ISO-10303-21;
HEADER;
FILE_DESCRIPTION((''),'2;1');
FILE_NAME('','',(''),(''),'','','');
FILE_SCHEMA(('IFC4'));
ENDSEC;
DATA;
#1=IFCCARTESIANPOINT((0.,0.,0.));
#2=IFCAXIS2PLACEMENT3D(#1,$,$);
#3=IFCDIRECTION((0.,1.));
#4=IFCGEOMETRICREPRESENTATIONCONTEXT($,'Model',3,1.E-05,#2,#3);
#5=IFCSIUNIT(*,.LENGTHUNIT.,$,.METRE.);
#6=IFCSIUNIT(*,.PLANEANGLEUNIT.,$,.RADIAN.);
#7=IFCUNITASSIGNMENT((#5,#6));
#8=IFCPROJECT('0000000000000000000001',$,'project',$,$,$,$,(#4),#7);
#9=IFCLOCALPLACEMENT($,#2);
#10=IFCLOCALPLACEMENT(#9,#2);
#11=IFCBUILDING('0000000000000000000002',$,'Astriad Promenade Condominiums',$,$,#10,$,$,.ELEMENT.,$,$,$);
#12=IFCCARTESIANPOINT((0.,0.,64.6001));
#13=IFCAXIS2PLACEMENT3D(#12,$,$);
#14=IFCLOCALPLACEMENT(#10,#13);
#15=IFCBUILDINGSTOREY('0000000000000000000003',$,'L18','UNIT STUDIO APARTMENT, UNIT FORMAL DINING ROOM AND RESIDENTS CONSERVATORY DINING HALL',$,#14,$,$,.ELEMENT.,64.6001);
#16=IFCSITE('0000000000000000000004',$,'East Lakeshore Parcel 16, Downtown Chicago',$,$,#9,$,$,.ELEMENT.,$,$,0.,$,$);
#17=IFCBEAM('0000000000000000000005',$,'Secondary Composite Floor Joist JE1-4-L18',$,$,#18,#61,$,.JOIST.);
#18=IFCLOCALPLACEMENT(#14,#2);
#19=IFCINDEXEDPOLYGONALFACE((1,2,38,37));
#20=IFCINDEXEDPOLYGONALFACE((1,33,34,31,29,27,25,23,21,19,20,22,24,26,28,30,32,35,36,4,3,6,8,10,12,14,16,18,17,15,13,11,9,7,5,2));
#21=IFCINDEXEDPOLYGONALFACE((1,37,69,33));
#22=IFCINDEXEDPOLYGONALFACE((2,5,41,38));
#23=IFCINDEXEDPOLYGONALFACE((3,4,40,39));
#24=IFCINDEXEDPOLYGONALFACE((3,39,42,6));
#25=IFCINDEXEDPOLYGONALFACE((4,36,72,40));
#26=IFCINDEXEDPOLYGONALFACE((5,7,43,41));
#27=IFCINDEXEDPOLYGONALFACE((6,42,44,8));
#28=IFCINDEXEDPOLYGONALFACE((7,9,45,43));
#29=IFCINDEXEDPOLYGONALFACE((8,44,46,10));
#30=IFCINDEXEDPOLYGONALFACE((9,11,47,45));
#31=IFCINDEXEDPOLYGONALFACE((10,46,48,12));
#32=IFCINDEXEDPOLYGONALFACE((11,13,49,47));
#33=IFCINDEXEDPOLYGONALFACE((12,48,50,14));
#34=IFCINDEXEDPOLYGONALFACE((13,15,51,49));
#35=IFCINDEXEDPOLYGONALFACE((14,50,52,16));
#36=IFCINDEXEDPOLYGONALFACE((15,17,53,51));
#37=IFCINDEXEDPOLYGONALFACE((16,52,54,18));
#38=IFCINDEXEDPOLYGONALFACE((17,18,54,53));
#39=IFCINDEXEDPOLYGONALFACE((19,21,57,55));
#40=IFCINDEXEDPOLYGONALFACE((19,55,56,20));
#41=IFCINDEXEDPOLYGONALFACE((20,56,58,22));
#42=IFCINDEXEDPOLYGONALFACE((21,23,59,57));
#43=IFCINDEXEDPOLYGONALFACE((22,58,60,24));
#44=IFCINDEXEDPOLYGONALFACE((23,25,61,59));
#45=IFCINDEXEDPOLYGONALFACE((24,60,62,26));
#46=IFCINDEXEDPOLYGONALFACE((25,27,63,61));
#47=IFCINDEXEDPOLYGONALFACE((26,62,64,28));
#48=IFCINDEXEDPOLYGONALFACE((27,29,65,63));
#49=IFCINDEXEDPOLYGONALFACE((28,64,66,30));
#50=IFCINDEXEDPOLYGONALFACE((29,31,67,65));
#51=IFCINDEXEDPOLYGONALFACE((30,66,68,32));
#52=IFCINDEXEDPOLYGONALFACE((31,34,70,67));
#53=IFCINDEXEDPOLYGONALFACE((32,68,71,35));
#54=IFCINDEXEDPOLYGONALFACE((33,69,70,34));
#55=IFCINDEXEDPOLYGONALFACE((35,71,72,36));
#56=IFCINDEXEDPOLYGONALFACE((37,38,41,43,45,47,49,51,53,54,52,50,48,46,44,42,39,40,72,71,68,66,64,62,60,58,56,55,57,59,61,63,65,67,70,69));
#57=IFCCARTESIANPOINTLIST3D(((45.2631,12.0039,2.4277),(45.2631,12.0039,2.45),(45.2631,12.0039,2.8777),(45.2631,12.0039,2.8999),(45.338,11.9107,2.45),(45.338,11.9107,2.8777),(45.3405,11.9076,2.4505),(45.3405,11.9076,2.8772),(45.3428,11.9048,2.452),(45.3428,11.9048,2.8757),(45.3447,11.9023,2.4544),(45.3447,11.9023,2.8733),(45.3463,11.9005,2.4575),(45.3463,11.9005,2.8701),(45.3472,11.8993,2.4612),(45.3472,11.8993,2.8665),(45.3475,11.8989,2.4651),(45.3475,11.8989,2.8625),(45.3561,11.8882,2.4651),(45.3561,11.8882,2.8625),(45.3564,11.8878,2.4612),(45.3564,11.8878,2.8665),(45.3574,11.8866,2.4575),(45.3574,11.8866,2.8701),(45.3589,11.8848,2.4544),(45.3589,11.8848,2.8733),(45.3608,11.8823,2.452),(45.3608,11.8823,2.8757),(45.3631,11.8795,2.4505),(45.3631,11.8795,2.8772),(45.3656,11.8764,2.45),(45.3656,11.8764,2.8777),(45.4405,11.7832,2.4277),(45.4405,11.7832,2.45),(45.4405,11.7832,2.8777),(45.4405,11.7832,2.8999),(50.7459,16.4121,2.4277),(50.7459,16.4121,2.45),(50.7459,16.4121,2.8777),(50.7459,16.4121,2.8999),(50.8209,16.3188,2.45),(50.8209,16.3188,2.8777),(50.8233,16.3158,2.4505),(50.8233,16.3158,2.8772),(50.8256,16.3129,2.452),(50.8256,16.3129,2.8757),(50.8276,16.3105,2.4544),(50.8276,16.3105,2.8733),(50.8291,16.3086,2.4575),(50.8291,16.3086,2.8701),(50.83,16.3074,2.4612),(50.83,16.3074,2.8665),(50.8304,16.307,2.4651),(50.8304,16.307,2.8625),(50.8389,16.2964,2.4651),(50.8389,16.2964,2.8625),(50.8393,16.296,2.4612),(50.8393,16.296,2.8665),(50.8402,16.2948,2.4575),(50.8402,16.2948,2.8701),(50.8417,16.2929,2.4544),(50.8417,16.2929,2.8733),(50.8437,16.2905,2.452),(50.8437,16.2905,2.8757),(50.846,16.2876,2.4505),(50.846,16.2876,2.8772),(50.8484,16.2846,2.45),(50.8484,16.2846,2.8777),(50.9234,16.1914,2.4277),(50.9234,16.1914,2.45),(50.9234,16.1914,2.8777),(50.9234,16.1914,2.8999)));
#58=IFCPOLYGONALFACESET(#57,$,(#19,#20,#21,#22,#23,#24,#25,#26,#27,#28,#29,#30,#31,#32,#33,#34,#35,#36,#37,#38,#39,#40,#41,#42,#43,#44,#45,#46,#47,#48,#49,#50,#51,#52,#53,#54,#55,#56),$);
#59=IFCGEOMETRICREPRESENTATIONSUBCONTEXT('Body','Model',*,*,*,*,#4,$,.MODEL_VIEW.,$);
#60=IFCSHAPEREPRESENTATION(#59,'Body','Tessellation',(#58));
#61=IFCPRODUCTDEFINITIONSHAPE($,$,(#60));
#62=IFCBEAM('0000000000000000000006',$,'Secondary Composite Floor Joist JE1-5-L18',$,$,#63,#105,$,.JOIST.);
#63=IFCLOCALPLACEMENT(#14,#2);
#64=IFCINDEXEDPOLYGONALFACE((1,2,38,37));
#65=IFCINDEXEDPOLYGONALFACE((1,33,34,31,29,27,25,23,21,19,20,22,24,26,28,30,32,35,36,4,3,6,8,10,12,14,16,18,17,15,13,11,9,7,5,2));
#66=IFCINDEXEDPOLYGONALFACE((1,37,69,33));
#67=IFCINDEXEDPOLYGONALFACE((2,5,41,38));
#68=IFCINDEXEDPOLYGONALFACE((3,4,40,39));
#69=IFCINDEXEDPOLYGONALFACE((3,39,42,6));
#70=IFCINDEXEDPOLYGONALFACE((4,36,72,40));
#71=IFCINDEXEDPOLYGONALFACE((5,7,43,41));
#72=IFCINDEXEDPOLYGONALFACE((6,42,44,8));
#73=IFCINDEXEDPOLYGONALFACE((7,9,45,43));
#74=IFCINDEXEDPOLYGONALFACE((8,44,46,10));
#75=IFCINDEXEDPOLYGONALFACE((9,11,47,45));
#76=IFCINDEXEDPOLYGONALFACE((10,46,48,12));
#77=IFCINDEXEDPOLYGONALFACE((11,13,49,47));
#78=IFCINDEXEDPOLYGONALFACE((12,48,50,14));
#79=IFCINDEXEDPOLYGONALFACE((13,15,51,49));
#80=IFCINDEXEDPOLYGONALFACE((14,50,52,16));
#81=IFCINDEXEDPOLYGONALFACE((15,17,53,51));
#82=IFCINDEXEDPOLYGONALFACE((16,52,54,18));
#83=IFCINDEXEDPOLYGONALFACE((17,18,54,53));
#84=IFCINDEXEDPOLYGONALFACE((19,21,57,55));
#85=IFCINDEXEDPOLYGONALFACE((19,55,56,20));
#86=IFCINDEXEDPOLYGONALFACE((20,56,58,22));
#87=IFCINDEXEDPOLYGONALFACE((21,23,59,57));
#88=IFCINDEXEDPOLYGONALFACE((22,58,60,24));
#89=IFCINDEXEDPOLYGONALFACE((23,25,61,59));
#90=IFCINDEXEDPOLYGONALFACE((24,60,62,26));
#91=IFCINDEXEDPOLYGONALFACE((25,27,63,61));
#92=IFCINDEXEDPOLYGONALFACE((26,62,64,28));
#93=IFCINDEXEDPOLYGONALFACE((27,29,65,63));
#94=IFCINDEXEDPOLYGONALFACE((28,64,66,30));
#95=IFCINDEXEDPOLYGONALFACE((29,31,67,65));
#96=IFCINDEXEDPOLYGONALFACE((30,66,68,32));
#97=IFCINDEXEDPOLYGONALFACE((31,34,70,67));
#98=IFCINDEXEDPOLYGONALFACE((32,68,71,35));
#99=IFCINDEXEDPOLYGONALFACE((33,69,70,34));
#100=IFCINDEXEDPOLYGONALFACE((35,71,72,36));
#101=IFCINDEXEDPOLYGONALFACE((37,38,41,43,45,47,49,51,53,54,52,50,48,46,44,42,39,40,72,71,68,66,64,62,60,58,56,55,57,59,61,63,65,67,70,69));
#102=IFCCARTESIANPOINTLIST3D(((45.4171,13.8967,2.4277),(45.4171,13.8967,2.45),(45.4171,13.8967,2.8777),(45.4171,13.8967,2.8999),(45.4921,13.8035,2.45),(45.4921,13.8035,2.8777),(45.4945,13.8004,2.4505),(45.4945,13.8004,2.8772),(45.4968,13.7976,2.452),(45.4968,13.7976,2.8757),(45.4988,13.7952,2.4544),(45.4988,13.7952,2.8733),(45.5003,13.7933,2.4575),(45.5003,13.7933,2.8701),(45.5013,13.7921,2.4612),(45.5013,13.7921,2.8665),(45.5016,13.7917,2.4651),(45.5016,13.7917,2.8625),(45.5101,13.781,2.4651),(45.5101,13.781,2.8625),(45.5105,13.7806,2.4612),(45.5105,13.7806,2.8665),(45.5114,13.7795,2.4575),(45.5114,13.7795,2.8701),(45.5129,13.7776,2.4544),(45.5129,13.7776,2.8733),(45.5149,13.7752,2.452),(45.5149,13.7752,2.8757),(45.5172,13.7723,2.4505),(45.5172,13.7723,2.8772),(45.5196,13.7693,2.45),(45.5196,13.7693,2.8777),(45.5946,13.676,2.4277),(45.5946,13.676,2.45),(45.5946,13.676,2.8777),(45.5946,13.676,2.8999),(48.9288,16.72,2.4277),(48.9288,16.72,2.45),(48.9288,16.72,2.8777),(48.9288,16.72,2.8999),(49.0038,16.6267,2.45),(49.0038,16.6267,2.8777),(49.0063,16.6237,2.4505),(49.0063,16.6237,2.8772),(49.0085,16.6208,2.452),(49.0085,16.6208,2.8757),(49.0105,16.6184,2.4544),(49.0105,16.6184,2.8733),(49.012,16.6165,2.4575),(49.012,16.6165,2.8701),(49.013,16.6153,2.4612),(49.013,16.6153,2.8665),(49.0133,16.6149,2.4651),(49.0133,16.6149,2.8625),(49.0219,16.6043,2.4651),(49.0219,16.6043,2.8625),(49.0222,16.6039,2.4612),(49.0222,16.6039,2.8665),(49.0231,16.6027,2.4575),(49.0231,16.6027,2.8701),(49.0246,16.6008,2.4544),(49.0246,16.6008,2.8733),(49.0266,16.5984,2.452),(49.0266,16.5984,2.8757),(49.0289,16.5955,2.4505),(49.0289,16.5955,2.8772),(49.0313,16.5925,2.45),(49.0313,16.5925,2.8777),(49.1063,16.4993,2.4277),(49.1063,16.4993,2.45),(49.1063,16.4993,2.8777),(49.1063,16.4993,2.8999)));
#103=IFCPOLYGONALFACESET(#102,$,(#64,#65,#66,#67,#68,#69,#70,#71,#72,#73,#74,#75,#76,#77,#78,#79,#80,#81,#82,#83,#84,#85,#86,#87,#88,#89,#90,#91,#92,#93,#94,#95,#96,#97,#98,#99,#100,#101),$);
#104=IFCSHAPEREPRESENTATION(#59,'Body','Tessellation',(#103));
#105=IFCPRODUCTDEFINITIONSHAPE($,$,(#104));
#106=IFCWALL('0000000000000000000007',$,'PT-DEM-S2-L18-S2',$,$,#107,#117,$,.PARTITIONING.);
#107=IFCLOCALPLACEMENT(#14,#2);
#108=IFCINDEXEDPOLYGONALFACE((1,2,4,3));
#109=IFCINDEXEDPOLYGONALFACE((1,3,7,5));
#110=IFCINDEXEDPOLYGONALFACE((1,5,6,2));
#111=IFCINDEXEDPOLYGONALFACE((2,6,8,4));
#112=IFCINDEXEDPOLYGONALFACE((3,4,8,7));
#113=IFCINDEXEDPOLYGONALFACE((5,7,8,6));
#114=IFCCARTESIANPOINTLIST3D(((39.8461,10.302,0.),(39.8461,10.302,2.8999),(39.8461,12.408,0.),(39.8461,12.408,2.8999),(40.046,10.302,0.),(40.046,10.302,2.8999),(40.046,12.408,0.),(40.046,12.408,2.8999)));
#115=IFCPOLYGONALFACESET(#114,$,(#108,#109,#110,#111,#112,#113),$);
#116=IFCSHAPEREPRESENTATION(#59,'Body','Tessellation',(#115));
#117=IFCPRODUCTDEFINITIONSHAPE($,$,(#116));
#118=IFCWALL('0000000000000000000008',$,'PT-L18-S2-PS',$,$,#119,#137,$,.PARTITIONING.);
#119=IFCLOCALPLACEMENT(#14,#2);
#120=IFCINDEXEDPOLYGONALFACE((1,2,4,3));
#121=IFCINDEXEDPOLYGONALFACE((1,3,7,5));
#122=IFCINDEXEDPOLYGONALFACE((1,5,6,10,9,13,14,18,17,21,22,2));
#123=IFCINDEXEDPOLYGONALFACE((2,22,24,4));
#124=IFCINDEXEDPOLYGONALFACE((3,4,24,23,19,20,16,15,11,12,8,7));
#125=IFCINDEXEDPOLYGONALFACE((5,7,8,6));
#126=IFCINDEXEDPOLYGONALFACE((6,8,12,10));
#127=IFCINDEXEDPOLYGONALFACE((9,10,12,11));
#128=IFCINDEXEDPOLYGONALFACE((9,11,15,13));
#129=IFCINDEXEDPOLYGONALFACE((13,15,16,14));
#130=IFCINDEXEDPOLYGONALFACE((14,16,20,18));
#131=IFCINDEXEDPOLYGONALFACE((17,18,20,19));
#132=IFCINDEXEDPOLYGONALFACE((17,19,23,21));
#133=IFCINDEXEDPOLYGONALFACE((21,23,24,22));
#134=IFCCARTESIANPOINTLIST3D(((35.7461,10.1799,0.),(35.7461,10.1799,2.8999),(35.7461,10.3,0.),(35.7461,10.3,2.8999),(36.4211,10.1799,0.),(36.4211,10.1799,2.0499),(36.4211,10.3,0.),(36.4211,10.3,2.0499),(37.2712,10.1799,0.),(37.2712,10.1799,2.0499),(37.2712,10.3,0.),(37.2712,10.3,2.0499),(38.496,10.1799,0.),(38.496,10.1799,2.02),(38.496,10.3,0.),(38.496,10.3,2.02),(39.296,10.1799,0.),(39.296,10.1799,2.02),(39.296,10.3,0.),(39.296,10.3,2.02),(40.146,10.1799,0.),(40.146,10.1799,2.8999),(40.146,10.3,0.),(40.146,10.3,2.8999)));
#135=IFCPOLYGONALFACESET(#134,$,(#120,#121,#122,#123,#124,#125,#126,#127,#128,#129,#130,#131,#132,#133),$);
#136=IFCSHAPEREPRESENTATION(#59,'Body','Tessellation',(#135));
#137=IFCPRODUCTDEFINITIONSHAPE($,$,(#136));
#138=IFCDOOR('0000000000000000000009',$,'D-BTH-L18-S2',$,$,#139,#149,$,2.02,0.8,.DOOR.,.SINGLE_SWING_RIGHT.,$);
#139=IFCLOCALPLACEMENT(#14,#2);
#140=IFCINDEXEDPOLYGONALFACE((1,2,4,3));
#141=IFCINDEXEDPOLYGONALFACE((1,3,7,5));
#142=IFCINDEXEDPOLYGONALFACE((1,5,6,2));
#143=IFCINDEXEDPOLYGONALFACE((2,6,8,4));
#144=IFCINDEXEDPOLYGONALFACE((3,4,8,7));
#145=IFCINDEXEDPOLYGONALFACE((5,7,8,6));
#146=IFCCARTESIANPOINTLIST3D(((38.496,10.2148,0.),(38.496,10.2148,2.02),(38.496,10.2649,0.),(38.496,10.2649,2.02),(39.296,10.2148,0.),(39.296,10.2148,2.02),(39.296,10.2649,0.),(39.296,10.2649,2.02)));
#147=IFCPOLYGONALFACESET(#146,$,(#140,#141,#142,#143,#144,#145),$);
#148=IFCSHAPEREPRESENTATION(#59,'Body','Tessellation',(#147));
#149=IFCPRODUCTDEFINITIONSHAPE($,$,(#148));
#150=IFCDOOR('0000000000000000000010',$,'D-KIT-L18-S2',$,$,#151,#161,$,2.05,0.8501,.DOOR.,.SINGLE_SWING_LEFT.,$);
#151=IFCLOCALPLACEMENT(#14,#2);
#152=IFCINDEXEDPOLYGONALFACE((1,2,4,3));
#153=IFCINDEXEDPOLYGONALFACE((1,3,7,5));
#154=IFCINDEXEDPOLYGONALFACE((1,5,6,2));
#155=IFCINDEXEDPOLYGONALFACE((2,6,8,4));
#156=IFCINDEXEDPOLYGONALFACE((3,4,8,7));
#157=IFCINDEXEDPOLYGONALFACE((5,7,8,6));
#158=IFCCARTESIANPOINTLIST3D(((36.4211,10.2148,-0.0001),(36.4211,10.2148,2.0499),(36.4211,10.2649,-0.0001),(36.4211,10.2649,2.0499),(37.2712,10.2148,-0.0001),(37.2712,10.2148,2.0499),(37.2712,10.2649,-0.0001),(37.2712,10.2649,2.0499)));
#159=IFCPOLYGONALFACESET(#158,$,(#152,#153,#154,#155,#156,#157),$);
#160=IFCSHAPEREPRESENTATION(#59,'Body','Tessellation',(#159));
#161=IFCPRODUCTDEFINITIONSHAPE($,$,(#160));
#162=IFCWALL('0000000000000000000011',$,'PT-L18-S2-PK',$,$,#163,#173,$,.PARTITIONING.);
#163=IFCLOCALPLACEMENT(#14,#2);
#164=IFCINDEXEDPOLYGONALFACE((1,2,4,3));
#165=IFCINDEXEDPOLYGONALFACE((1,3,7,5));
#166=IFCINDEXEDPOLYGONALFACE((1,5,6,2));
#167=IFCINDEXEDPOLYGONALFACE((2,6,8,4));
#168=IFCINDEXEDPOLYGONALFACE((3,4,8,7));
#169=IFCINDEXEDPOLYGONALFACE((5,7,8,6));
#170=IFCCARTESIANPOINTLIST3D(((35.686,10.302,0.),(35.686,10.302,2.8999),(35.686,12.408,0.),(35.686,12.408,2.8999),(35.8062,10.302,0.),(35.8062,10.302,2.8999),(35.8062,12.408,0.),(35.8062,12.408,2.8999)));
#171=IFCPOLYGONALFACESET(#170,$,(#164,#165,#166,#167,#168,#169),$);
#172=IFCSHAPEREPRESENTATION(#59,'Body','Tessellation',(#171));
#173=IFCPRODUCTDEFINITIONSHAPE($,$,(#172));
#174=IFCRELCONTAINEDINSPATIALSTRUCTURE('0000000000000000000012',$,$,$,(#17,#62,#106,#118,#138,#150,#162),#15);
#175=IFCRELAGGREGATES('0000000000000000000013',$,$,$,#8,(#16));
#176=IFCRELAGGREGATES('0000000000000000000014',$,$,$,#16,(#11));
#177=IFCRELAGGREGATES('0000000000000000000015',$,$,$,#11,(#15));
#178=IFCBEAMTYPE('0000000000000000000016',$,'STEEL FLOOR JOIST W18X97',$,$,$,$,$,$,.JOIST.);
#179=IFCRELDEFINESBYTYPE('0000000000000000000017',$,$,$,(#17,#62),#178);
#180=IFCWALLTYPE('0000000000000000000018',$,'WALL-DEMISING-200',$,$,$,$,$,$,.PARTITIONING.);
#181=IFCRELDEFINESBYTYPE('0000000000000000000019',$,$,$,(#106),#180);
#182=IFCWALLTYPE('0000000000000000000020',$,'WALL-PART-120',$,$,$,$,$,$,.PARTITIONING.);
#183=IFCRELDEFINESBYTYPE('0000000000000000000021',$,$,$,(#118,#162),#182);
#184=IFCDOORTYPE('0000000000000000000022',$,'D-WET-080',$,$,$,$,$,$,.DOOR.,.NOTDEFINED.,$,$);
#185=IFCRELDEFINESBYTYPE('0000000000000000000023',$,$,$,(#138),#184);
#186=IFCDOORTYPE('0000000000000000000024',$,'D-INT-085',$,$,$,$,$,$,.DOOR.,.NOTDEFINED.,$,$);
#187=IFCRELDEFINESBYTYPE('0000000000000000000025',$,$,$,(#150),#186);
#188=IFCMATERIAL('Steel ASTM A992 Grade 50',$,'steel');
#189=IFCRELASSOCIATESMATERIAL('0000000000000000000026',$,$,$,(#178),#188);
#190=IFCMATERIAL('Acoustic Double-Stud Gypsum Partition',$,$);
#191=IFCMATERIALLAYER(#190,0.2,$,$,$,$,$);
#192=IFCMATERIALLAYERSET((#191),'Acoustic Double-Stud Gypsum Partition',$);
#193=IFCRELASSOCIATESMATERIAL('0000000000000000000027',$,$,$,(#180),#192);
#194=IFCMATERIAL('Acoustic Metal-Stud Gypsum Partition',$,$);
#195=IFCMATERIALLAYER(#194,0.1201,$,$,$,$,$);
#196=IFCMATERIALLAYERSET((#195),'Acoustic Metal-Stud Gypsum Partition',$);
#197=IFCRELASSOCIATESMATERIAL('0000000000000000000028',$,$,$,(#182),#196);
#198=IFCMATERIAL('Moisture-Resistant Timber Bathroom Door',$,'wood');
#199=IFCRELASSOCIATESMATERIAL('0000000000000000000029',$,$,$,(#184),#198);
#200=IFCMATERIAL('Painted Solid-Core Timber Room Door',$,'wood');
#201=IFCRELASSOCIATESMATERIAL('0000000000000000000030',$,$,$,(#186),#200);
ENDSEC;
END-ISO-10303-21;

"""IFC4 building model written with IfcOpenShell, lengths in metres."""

from ifc_helpers import new_model, si_unit, direction, frame, frame_2d, origin, origin_2d, place, context, subcontext, project, spatial, rectangle, i_section, extrude, source, transform, mapped, material, layer, layer_set, material_profile, profile_set, type_object, type_shapes, element, fill, save


model = new_model("IFC4")

# Units and contexts
model_context = context("Model", 3, precision=1e-05, world=origin(), true_north=direction((0.0, 1.0)))
body_context = subcontext(model_context, "Body", "Model", "MODEL_VIEW")
ifc_project = project(units=[si_unit("LENGTHUNIT", "METRE"), si_unit("PLANEANGLEUNIT", "RADIAN")], contexts=[model_context])

# Site, building, storey
site_placement = place(None, origin())
site = spatial("IfcSite", under=ifc_project, at=site_placement, Name="East Lakeshore Parcel 16, Downtown Chicago", CompositionType="ELEMENT", RefElevation=0.0)
building_placement = place(site_placement, origin())
building = spatial("IfcBuilding", under=site, at=building_placement, Name="Astriad Promenade Condominiums", CompositionType="ELEMENT")
storey_placement = place(building_placement, frame((0.0, 0.0, 64.6001)))
storey = spatial("IfcBuildingStorey", under=building, at=storey_placement, Name="L18", Description="UNIT STUDIO APARTMENT, UNIT FORMAL DINING ROOM AND RESIDENTS CONSERVATORY DINING HALL", CompositionType="ELEMENT", Elevation=64.6001)

# Shared definitions
ifc_material_1 = material(Name="Steel ASTM A992 Grade 50", Category="steel")

# Beams
ifc_material_profile_1 = material_profile(ifc_material_1, i_section(OverallWidth=0.2832, OverallDepth=0.4722, WebThickness=0.0137, FlangeThickness=0.0222, FilletRadius=0.0151, at=origin_2d()), Name="W18X97")
ifc_profile_set_1 = profile_set([ifc_material_profile_1], Name="Steel ASTM A992 Grade 50")
beam_type = type_object("IfcBeamType", Name="STEEL FLOOR JOIST W18X97", PredefinedType="JOIST", material=ifc_profile_set_1)
shared_shape_1 = source(origin(), body_context, "Body", "SweptSolid", [
    extrude(i_section(OverallWidth=0.2832, OverallDepth=0.4722, WebThickness=0.0137, FlangeThickness=0.0222, FilletRadius=0.0151, at=origin_2d()), origin(), (0.0, 0.0, 1.0), 7.0352),
])
beam_1_placement = place(storey_placement, frame((45.3518, 11.8936, 2.6638), z_axis=(0.77935, 0.626589, 0.0), x_axis=(-0.626589, 0.77935, 0.0)))
element("IfcBeam", 1, at=beam_1_placement, inside=storey, type_object=beam_type, Name="Secondary Composite Floor Joist JE1-4-L18", PredefinedType="JOIST", context=body_context, shape_type="MappedRepresentation", body=[
    mapped(shared_shape_1, transform((0.0, 0.0, 0.0), scale=1.0)),
])
shared_shape_2 = source(origin(), body_context, "Body", "SweptSolid", [
    extrude(i_section(OverallWidth=0.2832, OverallDepth=0.4722, WebThickness=0.0137, FlangeThickness=0.0222, FilletRadius=0.0151, at=origin_2d()), origin(), (0.0, 0.0, 1.0), 4.5059),
])
beam_2_placement = place(storey_placement, frame((45.5059, 13.7864, 2.6638), z_axis=(0.779365, 0.62657, 0.0), x_axis=(-0.62657, 0.779365, 0.0)))
element("IfcBeam", 2, at=beam_2_placement, inside=storey, type_object=beam_type, Name="Secondary Composite Floor Joist JE1-5-L18", PredefinedType="JOIST", context=body_context, shape_type="MappedRepresentation", body=[
    mapped(shared_shape_2, transform((0.0, 0.0, 0.0), scale=1.0)),
])

# Wall
ifc_material_2 = material(Name="Acoustic Double-Stud Gypsum Partition")
ifc_layer_1 = layer(ifc_material_2, 0.2)
ifc_layer_set_1 = layer_set([ifc_layer_1], Name="Acoustic Double-Stud Gypsum Partition")
wall_type_1 = type_object("IfcWallType", Name="WALL-DEMISING-200", PredefinedType="PARTITIONING", material=ifc_layer_set_1)
wall_1_placement = place(storey_placement, frame((39.946, 10.302, 0.0), z_axis=(0.0, 0.0, 1.0), x_axis=(0.0, 1.0, 0.0)))
element("IfcWall", 3, at=wall_1_placement, inside=storey, type_object=wall_type_1, Name="PT-DEM-S2-L18-S2", PredefinedType="PARTITIONING", context=body_context, shape_type="SweptSolid", body=[
    extrude(rectangle(XDim=2.106, YDim=0.2, at=frame_2d((1.053, 0.0))), origin(), (0.0, 0.0, 1.0), 2.8999),
])

# Wall, openings, doors
ifc_material_3 = material(Name="Acoustic Metal-Stud Gypsum Partition")
ifc_layer_2 = layer(ifc_material_3, 0.1201)
ifc_layer_set_2 = layer_set([ifc_layer_2], Name="Acoustic Metal-Stud Gypsum Partition")
wall_type_2 = type_object("IfcWallType", Name="WALL-PART-120", PredefinedType="PARTITIONING", material=ifc_layer_set_2)
wall_2_placement = place(storey_placement, frame((35.7461, 10.24, 0.0), z_axis=(0.0, 0.0, 1.0), x_axis=(1.0, 0.0, 0.0)))
wall_2 = element("IfcWall", 4, at=wall_2_placement, inside=storey, type_object=wall_type_2, Name="PT-L18-S2-PS", PredefinedType="PARTITIONING", context=body_context, shape_type="SweptSolid", body=[
    extrude(rectangle(XDim=4.3999, YDim=0.1201, at=frame_2d((2.2, 0.0))), origin(), (0.0, 0.0, 1.0), 2.8999),
])
opening_1_placement = place(wall_2_placement, frame((0.675, 0.0, 0.0)))
opening_1 = element("IfcOpeningElement", 5, at=opening_1_placement, cuts=wall_2, PredefinedType="OPENING", context=body_context, shape_type="SweptSolid", body=[
    extrude(rectangle(XDim=0.8501, YDim=2.05, at=frame_2d((0.425, 1.0249))), frame((0.0, 0.0701, 0.0), z_axis=(0.0, -1.0, 0.0), x_axis=(1.0, 0.0, 0.0)), (0.0, 0.0, 1.0), 0.1401),
])
opening_2_placement = place(wall_2_placement, frame((2.75, 0.0, 0.0)))
opening_2 = element("IfcOpeningElement", 6, at=opening_2_placement, cuts=wall_2, PredefinedType="OPENING", context=body_context, shape_type="SweptSolid", body=[
    extrude(rectangle(XDim=0.8, YDim=2.02, at=frame_2d((0.3999, 1.01))), frame((0.0, 0.0701, 0.0), z_axis=(0.0, -1.0, 0.0), x_axis=(1.0, 0.0, 0.0)), (0.0, 0.0, 1.0), 0.1401),
])
ifc_material_4 = material(Name="Moisture-Resistant Timber Bathroom Door", Category="wood")
door_type_1 = type_object("IfcDoorType", Name="D-WET-080", OperationType="NOTDEFINED", PredefinedType="DOOR", material=ifc_material_4)
shared_shape_3 = source(origin(), body_context, "Body", "SweptSolid", [
    extrude(rectangle(XDim=0.8, YDim=2.02, at=frame_2d((0.3999, 1.01))), frame((0.0, 0.0249, 0.0), z_axis=(0.0, -1.0, 0.0), x_axis=(1.0, 0.0, 0.0)), (0.0, 0.0, 1.0), 0.05),
])
type_shapes(door_type_1, [shared_shape_3])
door_1_placement = place(opening_2_placement, origin())
door_1 = element("IfcDoor", 7, at=door_1_placement, inside=storey, type_object=door_type_1, Name="D-BTH-L18-S2", OperationType="SINGLE_SWING_RIGHT", OverallHeight=2.02, OverallWidth=0.8, PredefinedType="DOOR", context=body_context, shape_type="MappedRepresentation", body=[
    mapped(shared_shape_3, transform((0.0, 0.0, 0.0), scale=1.0)),
])
fill(opening_2, door_1)
ifc_material_5 = material(Name="Painted Solid-Core Timber Room Door", Category="wood")
door_type_2 = type_object("IfcDoorType", Name="D-INT-085", OperationType="NOTDEFINED", PredefinedType="DOOR", material=ifc_material_5)
shared_shape_4 = source(origin(), body_context, "Body", "SweptSolid", [
    extrude(rectangle(XDim=0.8501, YDim=2.05, at=frame_2d((0.425, 1.0249))), frame((0.0, 0.0249, 0.0), z_axis=(0.0, -1.0, 0.0), x_axis=(1.0, 0.0, 0.0)), (0.0, 0.0, 1.0), 0.05),
])
type_shapes(door_type_2, [shared_shape_4])
door_2_placement = place(opening_1_placement, origin())
door_2 = element("IfcDoor", 8, at=door_2_placement, inside=storey, type_object=door_type_2, Name="D-KIT-L18-S2", OperationType="SINGLE_SWING_LEFT", OverallHeight=2.05, OverallWidth=0.8501, PredefinedType="DOOR", context=body_context, shape_type="MappedRepresentation", body=[
    mapped(shared_shape_4, transform((0.0, 0.0, 0.0), scale=1.0)),
])
fill(opening_1, door_2)

# Wall
for number, where, z_axis, x_axis, name in (
    (9, (35.7461, 10.302, 0.0), (0.0, 0.0, 1.0), (0.0, 1.0, 0.0), "PT-L18-S2-PK"),
):
    element("IfcWall", number, at=place(storey_placement, frame(where, z_axis=z_axis, x_axis=x_axis)), inside=storey, type_object=wall_type_2, Name=name, PredefinedType="PARTITIONING", context=body_context, shape_type="SweptSolid", body=[
        extrude(rectangle(XDim=2.106, YDim=0.1201, at=frame_2d((1.053, 0.0))), origin(), (0.0, 0.0, 1.0), 2.8999),
    ])

save(model, "model.ifc")
